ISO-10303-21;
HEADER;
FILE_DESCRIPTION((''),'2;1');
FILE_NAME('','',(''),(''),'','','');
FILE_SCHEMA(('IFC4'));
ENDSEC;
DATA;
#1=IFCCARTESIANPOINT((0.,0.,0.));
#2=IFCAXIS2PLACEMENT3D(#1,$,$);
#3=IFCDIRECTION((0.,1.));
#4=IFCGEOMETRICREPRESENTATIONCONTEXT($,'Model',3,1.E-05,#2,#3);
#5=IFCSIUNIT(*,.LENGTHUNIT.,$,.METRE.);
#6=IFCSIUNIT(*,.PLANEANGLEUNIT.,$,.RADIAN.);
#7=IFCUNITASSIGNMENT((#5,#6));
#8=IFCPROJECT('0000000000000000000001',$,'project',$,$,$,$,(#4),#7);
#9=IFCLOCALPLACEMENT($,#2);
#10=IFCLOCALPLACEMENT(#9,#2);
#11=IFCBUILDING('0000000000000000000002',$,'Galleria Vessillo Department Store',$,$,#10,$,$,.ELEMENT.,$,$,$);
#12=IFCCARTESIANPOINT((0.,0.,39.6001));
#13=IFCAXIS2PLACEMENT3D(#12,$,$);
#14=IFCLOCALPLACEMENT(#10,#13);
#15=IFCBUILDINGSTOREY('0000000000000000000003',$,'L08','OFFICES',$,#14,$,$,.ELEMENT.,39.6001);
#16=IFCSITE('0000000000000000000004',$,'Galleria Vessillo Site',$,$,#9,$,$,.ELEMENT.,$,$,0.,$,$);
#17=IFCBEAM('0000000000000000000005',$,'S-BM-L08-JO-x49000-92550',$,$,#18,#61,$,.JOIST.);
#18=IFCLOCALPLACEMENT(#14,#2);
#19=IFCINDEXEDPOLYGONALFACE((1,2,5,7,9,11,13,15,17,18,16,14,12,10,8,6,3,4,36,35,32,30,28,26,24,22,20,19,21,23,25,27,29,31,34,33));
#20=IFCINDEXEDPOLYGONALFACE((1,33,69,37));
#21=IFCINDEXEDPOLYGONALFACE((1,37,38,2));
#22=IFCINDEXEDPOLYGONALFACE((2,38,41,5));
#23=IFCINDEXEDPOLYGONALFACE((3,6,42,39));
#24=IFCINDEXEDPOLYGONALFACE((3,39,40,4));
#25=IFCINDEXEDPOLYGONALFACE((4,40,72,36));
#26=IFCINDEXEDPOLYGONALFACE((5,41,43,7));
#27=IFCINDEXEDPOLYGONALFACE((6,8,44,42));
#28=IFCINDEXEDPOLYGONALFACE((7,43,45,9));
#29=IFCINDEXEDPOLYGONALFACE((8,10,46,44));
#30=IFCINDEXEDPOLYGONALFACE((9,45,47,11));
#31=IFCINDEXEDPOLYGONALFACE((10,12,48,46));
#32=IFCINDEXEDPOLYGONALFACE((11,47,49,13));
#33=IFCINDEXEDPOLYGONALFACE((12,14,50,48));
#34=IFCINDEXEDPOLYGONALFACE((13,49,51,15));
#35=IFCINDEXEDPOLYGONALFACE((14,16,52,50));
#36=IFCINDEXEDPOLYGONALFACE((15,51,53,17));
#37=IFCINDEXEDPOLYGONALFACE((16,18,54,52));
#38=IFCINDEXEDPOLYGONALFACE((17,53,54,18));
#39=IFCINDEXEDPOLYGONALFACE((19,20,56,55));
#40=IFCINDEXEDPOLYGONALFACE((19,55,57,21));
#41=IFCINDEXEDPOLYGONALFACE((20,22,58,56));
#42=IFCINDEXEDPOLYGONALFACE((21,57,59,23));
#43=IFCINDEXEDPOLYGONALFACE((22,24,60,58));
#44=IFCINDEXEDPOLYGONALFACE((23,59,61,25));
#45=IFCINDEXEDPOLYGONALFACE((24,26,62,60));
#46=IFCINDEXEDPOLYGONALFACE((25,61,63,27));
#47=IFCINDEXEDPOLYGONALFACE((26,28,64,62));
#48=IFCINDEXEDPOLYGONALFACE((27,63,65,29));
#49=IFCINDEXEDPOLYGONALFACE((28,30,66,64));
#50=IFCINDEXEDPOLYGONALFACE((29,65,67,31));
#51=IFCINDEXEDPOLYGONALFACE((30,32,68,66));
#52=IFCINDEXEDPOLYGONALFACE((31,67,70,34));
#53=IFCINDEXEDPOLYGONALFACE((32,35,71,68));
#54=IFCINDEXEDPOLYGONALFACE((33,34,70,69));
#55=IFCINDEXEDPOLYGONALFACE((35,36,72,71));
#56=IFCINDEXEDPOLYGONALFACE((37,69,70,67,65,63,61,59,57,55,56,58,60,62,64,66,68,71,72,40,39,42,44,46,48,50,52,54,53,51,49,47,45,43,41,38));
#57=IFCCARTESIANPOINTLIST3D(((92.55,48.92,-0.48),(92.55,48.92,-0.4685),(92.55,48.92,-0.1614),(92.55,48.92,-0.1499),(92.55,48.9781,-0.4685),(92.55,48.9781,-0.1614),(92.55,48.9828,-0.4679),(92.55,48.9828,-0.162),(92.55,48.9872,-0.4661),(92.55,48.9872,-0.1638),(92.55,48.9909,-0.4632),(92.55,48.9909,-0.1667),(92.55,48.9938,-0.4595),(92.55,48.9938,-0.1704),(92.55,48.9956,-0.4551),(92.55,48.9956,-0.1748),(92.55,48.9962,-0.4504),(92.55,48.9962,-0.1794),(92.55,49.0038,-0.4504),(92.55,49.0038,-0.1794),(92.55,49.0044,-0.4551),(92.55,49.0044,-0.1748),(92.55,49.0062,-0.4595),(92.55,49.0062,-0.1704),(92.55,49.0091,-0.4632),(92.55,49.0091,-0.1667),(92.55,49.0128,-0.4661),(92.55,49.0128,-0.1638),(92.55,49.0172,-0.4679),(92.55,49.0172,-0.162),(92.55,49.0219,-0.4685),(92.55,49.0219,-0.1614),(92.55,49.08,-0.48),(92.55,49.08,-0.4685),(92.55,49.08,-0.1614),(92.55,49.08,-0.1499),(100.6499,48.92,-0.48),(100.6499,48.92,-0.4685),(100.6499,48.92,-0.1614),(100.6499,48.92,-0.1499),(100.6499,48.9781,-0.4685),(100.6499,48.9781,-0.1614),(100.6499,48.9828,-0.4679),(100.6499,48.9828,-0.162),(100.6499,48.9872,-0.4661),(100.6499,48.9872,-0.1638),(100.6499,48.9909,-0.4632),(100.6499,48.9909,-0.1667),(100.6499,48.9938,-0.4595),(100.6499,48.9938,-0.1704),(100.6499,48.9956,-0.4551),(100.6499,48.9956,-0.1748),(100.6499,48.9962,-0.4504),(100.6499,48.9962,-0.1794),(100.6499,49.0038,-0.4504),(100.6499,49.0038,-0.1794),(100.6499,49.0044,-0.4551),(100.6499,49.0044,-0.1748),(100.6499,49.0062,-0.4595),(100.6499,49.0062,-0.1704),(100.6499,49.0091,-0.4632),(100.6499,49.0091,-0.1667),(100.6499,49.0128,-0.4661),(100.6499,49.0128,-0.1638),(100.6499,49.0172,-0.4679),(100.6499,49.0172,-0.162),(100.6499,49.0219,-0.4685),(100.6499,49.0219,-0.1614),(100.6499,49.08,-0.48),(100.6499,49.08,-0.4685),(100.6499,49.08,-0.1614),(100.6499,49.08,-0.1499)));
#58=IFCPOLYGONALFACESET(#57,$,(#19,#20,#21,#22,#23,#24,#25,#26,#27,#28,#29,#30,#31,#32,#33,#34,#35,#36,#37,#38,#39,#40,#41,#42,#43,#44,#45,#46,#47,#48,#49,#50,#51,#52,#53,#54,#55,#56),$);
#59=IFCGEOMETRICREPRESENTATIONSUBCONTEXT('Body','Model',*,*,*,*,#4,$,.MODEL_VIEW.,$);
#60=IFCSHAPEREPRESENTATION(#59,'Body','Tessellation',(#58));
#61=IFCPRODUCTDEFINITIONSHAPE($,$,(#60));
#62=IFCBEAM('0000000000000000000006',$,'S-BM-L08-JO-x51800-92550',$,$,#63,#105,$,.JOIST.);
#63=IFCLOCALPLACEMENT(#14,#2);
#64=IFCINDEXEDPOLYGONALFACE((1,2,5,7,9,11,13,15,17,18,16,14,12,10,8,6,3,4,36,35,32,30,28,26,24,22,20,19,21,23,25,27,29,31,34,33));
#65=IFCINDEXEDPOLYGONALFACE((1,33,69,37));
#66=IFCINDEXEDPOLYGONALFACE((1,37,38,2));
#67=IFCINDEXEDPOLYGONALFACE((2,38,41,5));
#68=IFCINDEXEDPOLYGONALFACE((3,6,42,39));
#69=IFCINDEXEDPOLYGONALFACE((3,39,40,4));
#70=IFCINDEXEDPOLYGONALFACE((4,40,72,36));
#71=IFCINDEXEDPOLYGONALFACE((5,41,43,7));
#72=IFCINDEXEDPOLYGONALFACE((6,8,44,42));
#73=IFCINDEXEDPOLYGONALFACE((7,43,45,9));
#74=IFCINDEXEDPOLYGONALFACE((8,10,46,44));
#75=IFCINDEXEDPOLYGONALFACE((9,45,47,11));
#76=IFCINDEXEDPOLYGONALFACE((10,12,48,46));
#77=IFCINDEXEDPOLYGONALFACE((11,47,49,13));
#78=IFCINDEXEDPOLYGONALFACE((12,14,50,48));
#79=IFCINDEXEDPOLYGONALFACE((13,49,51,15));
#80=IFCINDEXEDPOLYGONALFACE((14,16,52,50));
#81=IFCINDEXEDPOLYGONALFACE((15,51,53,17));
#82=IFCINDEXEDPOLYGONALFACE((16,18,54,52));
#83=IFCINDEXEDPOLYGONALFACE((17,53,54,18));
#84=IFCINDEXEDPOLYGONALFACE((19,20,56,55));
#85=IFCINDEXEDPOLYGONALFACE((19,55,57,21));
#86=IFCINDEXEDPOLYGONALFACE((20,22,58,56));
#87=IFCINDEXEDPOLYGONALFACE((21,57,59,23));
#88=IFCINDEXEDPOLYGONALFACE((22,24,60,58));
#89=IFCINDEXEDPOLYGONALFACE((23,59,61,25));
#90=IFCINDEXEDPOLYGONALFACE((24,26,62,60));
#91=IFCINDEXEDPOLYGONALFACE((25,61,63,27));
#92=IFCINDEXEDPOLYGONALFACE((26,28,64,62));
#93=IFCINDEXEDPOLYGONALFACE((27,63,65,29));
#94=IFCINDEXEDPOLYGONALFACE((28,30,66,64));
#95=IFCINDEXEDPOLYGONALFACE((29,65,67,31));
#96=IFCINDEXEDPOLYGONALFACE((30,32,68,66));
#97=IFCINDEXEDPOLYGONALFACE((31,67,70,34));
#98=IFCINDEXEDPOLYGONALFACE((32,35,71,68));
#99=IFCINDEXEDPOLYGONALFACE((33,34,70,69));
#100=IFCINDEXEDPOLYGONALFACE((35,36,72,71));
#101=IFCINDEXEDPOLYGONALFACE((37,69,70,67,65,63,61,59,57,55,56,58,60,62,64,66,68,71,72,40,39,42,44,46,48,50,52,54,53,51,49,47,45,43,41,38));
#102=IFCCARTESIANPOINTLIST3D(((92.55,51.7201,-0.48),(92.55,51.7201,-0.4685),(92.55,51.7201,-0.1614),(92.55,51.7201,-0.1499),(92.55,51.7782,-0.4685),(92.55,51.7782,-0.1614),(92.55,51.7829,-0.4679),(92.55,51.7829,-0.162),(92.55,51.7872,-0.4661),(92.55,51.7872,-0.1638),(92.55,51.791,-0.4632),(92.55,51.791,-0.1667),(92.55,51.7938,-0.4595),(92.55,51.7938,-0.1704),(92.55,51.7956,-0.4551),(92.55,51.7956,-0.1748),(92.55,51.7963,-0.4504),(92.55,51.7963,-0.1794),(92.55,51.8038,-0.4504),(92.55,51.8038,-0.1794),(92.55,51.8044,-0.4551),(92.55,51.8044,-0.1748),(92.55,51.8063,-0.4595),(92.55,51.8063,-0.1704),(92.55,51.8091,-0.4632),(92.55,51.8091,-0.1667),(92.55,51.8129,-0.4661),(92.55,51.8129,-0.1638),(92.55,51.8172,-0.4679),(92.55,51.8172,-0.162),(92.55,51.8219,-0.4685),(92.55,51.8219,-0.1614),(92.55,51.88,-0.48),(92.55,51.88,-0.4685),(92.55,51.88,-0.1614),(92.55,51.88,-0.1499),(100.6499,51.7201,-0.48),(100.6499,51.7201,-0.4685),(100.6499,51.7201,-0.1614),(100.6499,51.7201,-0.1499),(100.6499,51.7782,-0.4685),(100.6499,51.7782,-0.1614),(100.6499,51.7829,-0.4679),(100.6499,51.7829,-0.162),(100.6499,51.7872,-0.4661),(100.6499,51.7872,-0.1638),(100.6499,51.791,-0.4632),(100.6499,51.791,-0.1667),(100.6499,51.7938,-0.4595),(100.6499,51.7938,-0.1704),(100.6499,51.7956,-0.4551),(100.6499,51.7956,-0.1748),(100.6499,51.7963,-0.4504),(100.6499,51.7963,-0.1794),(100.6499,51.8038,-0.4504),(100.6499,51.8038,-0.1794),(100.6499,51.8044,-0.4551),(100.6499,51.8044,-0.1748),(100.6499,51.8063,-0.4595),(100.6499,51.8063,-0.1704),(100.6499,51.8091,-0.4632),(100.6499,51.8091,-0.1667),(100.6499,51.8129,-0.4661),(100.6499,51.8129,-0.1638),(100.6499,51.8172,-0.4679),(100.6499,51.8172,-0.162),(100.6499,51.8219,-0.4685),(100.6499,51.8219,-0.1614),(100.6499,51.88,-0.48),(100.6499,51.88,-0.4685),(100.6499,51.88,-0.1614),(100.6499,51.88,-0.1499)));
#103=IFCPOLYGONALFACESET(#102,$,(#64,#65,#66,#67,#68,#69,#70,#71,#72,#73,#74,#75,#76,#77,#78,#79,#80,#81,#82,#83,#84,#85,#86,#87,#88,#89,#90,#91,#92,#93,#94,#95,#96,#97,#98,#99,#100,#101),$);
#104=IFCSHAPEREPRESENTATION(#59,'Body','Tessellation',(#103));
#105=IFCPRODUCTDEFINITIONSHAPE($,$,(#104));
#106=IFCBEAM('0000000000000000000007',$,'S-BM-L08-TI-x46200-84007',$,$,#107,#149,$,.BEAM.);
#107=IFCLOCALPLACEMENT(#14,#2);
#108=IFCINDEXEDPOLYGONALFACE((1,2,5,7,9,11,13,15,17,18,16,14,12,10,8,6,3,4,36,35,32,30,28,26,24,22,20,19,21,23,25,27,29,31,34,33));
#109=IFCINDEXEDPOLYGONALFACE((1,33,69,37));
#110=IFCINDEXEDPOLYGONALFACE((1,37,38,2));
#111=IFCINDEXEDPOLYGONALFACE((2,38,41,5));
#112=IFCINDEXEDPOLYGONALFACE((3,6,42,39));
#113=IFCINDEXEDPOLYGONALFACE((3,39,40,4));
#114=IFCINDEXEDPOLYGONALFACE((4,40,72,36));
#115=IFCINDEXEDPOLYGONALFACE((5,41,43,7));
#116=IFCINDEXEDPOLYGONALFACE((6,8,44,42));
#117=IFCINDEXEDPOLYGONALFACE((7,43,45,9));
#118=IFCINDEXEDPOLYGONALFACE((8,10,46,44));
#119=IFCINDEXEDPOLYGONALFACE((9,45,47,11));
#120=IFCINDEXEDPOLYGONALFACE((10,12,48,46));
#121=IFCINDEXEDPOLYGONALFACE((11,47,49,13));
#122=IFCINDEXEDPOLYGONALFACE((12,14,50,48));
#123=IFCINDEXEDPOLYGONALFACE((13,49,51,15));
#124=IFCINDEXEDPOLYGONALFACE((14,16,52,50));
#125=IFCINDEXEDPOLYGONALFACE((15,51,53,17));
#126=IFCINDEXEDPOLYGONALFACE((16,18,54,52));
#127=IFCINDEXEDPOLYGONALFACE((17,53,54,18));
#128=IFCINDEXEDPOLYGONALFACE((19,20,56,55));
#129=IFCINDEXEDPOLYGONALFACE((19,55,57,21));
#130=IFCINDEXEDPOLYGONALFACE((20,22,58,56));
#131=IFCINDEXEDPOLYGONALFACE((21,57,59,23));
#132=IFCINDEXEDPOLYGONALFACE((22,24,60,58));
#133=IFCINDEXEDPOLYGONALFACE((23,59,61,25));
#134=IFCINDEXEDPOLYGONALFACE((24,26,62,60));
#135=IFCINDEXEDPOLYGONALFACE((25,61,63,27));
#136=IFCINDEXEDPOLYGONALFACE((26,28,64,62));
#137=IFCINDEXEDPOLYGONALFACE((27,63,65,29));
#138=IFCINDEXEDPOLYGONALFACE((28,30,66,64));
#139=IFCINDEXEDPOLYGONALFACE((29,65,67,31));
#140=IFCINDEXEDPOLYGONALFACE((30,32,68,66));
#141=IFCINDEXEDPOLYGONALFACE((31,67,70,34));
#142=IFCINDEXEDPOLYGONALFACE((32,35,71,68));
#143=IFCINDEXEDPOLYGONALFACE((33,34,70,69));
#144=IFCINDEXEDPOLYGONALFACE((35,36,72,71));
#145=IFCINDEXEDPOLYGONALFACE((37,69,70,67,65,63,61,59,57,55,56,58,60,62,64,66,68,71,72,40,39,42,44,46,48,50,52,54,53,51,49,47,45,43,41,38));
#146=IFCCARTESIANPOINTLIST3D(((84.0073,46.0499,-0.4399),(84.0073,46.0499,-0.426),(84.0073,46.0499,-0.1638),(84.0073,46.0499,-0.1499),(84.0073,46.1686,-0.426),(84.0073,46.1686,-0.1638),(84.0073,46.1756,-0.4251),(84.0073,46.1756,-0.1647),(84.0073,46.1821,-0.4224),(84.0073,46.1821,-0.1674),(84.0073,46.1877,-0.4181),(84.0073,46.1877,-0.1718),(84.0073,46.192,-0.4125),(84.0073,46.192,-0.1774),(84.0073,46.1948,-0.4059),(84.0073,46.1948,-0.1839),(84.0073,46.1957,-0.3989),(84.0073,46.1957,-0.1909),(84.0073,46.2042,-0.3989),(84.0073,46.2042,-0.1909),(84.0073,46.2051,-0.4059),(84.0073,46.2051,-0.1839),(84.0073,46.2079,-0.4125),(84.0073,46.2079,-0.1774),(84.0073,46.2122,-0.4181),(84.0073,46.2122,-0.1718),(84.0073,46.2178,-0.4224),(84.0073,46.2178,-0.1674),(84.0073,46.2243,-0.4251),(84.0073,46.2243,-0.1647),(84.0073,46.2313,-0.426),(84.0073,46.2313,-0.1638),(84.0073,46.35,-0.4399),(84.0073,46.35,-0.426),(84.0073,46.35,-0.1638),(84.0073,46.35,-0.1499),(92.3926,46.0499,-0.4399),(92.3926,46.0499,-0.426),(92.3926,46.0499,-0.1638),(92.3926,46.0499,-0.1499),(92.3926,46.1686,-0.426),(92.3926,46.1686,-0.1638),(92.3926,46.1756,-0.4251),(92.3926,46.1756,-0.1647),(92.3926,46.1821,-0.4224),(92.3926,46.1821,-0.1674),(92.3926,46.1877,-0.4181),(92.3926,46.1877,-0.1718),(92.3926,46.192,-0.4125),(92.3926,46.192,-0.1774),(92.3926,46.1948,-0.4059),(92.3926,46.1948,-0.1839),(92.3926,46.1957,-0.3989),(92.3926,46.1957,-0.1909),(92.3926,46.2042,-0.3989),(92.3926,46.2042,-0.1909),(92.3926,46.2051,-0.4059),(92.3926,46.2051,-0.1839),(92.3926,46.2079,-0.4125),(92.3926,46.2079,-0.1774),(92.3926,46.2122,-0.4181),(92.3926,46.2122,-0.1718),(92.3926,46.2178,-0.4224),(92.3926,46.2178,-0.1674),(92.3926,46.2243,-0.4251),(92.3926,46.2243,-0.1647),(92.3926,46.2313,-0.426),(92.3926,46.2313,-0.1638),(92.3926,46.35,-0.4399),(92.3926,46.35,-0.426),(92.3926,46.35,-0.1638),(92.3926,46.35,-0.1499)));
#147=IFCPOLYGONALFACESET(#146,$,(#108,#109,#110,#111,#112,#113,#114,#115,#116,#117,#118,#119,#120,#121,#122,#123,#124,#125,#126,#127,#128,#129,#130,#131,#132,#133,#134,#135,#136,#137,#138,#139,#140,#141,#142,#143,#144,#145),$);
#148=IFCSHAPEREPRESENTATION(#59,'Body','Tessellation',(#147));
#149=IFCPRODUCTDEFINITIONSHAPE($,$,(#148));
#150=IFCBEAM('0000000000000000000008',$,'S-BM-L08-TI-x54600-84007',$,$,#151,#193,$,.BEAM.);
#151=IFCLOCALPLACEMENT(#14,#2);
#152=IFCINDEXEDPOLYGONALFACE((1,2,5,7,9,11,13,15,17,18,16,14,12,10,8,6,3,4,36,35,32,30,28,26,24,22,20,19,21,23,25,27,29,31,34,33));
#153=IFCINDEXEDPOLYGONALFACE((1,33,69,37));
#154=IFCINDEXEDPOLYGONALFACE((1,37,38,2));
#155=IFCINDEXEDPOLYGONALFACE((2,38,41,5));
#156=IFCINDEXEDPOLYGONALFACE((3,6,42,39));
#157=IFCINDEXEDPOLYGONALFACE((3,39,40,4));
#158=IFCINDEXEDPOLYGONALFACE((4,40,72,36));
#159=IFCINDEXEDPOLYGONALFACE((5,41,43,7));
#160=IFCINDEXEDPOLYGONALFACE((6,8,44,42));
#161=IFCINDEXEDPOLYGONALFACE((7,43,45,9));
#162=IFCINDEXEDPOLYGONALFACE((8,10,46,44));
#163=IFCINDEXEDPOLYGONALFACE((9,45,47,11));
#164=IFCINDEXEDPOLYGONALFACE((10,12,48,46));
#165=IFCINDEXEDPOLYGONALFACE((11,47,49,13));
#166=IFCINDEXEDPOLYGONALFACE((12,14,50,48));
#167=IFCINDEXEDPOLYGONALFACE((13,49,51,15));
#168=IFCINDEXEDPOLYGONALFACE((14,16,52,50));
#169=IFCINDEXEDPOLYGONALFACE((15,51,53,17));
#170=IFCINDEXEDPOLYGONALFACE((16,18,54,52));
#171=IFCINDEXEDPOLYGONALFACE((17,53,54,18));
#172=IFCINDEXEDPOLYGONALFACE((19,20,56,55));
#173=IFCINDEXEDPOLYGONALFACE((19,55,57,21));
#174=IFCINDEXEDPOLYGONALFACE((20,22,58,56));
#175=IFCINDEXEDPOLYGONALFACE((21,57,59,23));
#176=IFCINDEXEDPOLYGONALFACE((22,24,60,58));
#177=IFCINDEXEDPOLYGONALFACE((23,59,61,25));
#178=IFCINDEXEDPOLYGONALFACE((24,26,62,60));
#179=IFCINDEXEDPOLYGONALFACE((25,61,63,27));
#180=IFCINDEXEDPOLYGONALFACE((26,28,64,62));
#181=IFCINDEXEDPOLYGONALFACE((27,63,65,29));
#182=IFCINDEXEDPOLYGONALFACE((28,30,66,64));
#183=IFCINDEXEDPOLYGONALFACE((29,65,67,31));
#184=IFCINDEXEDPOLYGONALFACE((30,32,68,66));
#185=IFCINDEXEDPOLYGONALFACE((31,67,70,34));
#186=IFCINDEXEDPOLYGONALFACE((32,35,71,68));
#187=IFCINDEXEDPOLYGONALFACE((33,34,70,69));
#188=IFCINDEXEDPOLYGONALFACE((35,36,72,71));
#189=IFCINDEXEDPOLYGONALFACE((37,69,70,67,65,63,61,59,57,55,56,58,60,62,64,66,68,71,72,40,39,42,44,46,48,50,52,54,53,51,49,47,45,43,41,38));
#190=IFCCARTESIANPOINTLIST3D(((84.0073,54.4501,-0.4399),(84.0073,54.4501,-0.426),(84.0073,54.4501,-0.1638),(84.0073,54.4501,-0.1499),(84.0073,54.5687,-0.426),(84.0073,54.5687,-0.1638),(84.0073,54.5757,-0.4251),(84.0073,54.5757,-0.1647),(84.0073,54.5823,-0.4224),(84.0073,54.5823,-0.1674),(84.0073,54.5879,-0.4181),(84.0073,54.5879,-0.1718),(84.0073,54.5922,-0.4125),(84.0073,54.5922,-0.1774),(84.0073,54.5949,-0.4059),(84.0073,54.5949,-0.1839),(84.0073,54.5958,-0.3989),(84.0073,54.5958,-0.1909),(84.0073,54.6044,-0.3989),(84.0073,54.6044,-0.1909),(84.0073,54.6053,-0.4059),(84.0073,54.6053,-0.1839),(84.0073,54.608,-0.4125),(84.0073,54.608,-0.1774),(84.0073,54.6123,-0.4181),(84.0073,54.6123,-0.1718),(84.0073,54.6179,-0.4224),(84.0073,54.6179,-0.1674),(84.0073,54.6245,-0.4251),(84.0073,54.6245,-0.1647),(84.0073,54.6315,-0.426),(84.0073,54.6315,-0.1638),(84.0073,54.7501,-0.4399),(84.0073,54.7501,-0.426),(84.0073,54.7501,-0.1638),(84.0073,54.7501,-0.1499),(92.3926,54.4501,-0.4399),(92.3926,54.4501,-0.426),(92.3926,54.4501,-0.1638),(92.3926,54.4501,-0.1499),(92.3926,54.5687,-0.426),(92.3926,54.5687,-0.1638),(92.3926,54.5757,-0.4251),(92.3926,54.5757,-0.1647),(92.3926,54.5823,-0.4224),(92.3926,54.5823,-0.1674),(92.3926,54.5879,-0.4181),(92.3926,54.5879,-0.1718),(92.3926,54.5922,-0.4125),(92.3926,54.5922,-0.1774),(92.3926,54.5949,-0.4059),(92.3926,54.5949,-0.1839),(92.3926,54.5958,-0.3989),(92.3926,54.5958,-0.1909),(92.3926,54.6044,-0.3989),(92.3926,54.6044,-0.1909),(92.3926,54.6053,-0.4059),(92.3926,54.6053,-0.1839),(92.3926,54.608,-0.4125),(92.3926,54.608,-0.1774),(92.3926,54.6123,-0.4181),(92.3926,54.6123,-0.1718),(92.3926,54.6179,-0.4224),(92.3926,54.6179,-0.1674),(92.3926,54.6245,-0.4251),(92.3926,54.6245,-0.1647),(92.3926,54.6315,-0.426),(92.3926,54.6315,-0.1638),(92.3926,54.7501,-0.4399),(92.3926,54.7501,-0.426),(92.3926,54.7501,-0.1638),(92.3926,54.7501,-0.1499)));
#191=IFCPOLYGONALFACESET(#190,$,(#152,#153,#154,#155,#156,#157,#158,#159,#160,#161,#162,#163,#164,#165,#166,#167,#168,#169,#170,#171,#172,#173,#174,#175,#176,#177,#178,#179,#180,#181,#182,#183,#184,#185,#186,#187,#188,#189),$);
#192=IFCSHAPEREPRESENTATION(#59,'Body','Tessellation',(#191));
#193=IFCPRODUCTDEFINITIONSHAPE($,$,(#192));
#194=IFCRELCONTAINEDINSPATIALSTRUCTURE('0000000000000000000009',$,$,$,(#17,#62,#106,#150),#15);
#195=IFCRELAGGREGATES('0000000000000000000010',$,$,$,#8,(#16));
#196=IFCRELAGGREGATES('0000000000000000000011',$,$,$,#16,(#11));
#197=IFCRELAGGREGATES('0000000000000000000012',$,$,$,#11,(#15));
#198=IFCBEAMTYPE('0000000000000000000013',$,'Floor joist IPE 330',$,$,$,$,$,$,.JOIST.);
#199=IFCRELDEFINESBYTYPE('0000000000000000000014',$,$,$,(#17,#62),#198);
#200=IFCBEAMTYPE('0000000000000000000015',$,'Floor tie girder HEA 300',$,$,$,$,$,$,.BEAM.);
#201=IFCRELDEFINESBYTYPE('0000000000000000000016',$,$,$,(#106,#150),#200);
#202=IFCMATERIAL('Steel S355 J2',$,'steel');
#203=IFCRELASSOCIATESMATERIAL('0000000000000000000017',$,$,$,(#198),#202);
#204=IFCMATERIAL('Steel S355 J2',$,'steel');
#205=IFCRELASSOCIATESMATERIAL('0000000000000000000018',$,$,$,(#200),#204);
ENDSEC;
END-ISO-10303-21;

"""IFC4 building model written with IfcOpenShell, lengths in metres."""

from ifc_helpers import new_model, si_unit, direction, frame, origin, origin_2d, place, context, subcontext, project, spatial, i_section, extrude, material, material_profile, profile_set, type_object, element, save


model = new_model("IFC4")

# Units and contexts
model_context = context("Model", 3, precision=1e-05, world=origin(), true_north=direction((0.0, 1.0)))
body_context = subcontext(model_context, "Body", "Model", "MODEL_VIEW")
ifc_project = project(units=[si_unit("LENGTHUNIT", "METRE"), si_unit("PLANEANGLEUNIT", "RADIAN")], contexts=[model_context])

# Site, building, storey
site_placement = place(None, origin())
site = spatial("IfcSite", under=ifc_project, at=site_placement, Name="Galleria Vessillo Site", CompositionType="ELEMENT", RefElevation=0.0)
building_placement = place(site_placement, origin())
building = spatial("IfcBuilding", under=site, at=building_placement, Name="Galleria Vessillo Department Store", CompositionType="ELEMENT")
storey_placement = place(building_placement, frame((0.0, 0.0, 39.6001)))
storey = spatial("IfcBuildingStorey", under=building, at=storey_placement, Name="L08", Description="OFFICES", CompositionType="ELEMENT", Elevation=39.6001)

# Beams
ifc_material_1 = material(Name="Steel S355 J2", Category="steel")
ifc_material_profile_1 = material_profile(ifc_material_1, i_section(OverallWidth=0.1599, OverallDepth=0.3301, WebThickness=0.0076, FlangeThickness=0.0115, FilletRadius=0.0181, at=origin_2d()), Name="IPE 330")
ifc_profile_set_1 = profile_set([ifc_material_profile_1], Name="Steel S355 J2")
beam_type_1 = type_object("IfcBeamType", Name="Floor joist IPE 330", PredefinedType="JOIST", material=ifc_profile_set_1)
for number, where, z_axis, x_axis, name in (
    (1, (92.55, 49.0, -0.3149), (1.0, 0.0, 0.0), (0.0, 1.0, 0.0), "S-BM-L08-JO-x49000-92550"),
    (2, (92.55, 51.8, -0.3149), (1.0, 0.0, 0.0), (0.0, 1.0, 0.0), "S-BM-L08-JO-x51800-92550"),
):
    element("IfcBeam", number, at=place(storey_placement, frame(where, z_axis=z_axis, x_axis=x_axis)), inside=storey, type_object=beam_type_1, Name=name, PredefinedType="JOIST", context=body_context, shape_type="SweptSolid", body=[
        extrude(i_section(OverallWidth=0.1599, OverallDepth=0.3301, WebThickness=0.0076, FlangeThickness=0.0115, FilletRadius=0.0181, at=origin_2d()), origin(), (0.0, 0.0, 1.0), 8.0999),
    ])
ifc_material_2 = material(Name="Steel S355 J2", Category="steel")
ifc_material_profile_2 = material_profile(ifc_material_2, i_section(OverallWidth=0.3, OverallDepth=0.29, WebThickness=0.0085, FlangeThickness=0.0139, FilletRadius=0.0271, at=origin_2d()), Name="HEA 300")
ifc_profile_set_2 = profile_set([ifc_material_profile_2], Name="Steel S355 J2")
beam_type_2 = type_object("IfcBeamType", Name="Floor tie girder HEA 300", PredefinedType="BEAM", material=ifc_profile_set_2)
for number, where, z_axis, x_axis, name in (
    (3, (84.0073, 46.2, -0.2949), (1.0, 0.0, 0.0), (0.0, 1.0, 0.0), "S-BM-L08-TI-x46200-84007"),
    (4, (84.0073, 54.6001, -0.2949), (1.0, 0.0, 0.0), (0.0, 1.0, 0.0), "S-BM-L08-TI-x54600-84007"),
):
    element("IfcBeam", number, at=place(storey_placement, frame(where, z_axis=z_axis, x_axis=x_axis)), inside=storey, type_object=beam_type_2, Name=name, PredefinedType="BEAM", context=body_context, shape_type="SweptSolid", body=[
        extrude(i_section(OverallWidth=0.3, OverallDepth=0.29, WebThickness=0.0085, FlangeThickness=0.0139, FilletRadius=0.0271, at=origin_2d()), origin(), (0.0, 0.0, 1.0), 8.3853),
    ])

save(model, "model.ifc")
